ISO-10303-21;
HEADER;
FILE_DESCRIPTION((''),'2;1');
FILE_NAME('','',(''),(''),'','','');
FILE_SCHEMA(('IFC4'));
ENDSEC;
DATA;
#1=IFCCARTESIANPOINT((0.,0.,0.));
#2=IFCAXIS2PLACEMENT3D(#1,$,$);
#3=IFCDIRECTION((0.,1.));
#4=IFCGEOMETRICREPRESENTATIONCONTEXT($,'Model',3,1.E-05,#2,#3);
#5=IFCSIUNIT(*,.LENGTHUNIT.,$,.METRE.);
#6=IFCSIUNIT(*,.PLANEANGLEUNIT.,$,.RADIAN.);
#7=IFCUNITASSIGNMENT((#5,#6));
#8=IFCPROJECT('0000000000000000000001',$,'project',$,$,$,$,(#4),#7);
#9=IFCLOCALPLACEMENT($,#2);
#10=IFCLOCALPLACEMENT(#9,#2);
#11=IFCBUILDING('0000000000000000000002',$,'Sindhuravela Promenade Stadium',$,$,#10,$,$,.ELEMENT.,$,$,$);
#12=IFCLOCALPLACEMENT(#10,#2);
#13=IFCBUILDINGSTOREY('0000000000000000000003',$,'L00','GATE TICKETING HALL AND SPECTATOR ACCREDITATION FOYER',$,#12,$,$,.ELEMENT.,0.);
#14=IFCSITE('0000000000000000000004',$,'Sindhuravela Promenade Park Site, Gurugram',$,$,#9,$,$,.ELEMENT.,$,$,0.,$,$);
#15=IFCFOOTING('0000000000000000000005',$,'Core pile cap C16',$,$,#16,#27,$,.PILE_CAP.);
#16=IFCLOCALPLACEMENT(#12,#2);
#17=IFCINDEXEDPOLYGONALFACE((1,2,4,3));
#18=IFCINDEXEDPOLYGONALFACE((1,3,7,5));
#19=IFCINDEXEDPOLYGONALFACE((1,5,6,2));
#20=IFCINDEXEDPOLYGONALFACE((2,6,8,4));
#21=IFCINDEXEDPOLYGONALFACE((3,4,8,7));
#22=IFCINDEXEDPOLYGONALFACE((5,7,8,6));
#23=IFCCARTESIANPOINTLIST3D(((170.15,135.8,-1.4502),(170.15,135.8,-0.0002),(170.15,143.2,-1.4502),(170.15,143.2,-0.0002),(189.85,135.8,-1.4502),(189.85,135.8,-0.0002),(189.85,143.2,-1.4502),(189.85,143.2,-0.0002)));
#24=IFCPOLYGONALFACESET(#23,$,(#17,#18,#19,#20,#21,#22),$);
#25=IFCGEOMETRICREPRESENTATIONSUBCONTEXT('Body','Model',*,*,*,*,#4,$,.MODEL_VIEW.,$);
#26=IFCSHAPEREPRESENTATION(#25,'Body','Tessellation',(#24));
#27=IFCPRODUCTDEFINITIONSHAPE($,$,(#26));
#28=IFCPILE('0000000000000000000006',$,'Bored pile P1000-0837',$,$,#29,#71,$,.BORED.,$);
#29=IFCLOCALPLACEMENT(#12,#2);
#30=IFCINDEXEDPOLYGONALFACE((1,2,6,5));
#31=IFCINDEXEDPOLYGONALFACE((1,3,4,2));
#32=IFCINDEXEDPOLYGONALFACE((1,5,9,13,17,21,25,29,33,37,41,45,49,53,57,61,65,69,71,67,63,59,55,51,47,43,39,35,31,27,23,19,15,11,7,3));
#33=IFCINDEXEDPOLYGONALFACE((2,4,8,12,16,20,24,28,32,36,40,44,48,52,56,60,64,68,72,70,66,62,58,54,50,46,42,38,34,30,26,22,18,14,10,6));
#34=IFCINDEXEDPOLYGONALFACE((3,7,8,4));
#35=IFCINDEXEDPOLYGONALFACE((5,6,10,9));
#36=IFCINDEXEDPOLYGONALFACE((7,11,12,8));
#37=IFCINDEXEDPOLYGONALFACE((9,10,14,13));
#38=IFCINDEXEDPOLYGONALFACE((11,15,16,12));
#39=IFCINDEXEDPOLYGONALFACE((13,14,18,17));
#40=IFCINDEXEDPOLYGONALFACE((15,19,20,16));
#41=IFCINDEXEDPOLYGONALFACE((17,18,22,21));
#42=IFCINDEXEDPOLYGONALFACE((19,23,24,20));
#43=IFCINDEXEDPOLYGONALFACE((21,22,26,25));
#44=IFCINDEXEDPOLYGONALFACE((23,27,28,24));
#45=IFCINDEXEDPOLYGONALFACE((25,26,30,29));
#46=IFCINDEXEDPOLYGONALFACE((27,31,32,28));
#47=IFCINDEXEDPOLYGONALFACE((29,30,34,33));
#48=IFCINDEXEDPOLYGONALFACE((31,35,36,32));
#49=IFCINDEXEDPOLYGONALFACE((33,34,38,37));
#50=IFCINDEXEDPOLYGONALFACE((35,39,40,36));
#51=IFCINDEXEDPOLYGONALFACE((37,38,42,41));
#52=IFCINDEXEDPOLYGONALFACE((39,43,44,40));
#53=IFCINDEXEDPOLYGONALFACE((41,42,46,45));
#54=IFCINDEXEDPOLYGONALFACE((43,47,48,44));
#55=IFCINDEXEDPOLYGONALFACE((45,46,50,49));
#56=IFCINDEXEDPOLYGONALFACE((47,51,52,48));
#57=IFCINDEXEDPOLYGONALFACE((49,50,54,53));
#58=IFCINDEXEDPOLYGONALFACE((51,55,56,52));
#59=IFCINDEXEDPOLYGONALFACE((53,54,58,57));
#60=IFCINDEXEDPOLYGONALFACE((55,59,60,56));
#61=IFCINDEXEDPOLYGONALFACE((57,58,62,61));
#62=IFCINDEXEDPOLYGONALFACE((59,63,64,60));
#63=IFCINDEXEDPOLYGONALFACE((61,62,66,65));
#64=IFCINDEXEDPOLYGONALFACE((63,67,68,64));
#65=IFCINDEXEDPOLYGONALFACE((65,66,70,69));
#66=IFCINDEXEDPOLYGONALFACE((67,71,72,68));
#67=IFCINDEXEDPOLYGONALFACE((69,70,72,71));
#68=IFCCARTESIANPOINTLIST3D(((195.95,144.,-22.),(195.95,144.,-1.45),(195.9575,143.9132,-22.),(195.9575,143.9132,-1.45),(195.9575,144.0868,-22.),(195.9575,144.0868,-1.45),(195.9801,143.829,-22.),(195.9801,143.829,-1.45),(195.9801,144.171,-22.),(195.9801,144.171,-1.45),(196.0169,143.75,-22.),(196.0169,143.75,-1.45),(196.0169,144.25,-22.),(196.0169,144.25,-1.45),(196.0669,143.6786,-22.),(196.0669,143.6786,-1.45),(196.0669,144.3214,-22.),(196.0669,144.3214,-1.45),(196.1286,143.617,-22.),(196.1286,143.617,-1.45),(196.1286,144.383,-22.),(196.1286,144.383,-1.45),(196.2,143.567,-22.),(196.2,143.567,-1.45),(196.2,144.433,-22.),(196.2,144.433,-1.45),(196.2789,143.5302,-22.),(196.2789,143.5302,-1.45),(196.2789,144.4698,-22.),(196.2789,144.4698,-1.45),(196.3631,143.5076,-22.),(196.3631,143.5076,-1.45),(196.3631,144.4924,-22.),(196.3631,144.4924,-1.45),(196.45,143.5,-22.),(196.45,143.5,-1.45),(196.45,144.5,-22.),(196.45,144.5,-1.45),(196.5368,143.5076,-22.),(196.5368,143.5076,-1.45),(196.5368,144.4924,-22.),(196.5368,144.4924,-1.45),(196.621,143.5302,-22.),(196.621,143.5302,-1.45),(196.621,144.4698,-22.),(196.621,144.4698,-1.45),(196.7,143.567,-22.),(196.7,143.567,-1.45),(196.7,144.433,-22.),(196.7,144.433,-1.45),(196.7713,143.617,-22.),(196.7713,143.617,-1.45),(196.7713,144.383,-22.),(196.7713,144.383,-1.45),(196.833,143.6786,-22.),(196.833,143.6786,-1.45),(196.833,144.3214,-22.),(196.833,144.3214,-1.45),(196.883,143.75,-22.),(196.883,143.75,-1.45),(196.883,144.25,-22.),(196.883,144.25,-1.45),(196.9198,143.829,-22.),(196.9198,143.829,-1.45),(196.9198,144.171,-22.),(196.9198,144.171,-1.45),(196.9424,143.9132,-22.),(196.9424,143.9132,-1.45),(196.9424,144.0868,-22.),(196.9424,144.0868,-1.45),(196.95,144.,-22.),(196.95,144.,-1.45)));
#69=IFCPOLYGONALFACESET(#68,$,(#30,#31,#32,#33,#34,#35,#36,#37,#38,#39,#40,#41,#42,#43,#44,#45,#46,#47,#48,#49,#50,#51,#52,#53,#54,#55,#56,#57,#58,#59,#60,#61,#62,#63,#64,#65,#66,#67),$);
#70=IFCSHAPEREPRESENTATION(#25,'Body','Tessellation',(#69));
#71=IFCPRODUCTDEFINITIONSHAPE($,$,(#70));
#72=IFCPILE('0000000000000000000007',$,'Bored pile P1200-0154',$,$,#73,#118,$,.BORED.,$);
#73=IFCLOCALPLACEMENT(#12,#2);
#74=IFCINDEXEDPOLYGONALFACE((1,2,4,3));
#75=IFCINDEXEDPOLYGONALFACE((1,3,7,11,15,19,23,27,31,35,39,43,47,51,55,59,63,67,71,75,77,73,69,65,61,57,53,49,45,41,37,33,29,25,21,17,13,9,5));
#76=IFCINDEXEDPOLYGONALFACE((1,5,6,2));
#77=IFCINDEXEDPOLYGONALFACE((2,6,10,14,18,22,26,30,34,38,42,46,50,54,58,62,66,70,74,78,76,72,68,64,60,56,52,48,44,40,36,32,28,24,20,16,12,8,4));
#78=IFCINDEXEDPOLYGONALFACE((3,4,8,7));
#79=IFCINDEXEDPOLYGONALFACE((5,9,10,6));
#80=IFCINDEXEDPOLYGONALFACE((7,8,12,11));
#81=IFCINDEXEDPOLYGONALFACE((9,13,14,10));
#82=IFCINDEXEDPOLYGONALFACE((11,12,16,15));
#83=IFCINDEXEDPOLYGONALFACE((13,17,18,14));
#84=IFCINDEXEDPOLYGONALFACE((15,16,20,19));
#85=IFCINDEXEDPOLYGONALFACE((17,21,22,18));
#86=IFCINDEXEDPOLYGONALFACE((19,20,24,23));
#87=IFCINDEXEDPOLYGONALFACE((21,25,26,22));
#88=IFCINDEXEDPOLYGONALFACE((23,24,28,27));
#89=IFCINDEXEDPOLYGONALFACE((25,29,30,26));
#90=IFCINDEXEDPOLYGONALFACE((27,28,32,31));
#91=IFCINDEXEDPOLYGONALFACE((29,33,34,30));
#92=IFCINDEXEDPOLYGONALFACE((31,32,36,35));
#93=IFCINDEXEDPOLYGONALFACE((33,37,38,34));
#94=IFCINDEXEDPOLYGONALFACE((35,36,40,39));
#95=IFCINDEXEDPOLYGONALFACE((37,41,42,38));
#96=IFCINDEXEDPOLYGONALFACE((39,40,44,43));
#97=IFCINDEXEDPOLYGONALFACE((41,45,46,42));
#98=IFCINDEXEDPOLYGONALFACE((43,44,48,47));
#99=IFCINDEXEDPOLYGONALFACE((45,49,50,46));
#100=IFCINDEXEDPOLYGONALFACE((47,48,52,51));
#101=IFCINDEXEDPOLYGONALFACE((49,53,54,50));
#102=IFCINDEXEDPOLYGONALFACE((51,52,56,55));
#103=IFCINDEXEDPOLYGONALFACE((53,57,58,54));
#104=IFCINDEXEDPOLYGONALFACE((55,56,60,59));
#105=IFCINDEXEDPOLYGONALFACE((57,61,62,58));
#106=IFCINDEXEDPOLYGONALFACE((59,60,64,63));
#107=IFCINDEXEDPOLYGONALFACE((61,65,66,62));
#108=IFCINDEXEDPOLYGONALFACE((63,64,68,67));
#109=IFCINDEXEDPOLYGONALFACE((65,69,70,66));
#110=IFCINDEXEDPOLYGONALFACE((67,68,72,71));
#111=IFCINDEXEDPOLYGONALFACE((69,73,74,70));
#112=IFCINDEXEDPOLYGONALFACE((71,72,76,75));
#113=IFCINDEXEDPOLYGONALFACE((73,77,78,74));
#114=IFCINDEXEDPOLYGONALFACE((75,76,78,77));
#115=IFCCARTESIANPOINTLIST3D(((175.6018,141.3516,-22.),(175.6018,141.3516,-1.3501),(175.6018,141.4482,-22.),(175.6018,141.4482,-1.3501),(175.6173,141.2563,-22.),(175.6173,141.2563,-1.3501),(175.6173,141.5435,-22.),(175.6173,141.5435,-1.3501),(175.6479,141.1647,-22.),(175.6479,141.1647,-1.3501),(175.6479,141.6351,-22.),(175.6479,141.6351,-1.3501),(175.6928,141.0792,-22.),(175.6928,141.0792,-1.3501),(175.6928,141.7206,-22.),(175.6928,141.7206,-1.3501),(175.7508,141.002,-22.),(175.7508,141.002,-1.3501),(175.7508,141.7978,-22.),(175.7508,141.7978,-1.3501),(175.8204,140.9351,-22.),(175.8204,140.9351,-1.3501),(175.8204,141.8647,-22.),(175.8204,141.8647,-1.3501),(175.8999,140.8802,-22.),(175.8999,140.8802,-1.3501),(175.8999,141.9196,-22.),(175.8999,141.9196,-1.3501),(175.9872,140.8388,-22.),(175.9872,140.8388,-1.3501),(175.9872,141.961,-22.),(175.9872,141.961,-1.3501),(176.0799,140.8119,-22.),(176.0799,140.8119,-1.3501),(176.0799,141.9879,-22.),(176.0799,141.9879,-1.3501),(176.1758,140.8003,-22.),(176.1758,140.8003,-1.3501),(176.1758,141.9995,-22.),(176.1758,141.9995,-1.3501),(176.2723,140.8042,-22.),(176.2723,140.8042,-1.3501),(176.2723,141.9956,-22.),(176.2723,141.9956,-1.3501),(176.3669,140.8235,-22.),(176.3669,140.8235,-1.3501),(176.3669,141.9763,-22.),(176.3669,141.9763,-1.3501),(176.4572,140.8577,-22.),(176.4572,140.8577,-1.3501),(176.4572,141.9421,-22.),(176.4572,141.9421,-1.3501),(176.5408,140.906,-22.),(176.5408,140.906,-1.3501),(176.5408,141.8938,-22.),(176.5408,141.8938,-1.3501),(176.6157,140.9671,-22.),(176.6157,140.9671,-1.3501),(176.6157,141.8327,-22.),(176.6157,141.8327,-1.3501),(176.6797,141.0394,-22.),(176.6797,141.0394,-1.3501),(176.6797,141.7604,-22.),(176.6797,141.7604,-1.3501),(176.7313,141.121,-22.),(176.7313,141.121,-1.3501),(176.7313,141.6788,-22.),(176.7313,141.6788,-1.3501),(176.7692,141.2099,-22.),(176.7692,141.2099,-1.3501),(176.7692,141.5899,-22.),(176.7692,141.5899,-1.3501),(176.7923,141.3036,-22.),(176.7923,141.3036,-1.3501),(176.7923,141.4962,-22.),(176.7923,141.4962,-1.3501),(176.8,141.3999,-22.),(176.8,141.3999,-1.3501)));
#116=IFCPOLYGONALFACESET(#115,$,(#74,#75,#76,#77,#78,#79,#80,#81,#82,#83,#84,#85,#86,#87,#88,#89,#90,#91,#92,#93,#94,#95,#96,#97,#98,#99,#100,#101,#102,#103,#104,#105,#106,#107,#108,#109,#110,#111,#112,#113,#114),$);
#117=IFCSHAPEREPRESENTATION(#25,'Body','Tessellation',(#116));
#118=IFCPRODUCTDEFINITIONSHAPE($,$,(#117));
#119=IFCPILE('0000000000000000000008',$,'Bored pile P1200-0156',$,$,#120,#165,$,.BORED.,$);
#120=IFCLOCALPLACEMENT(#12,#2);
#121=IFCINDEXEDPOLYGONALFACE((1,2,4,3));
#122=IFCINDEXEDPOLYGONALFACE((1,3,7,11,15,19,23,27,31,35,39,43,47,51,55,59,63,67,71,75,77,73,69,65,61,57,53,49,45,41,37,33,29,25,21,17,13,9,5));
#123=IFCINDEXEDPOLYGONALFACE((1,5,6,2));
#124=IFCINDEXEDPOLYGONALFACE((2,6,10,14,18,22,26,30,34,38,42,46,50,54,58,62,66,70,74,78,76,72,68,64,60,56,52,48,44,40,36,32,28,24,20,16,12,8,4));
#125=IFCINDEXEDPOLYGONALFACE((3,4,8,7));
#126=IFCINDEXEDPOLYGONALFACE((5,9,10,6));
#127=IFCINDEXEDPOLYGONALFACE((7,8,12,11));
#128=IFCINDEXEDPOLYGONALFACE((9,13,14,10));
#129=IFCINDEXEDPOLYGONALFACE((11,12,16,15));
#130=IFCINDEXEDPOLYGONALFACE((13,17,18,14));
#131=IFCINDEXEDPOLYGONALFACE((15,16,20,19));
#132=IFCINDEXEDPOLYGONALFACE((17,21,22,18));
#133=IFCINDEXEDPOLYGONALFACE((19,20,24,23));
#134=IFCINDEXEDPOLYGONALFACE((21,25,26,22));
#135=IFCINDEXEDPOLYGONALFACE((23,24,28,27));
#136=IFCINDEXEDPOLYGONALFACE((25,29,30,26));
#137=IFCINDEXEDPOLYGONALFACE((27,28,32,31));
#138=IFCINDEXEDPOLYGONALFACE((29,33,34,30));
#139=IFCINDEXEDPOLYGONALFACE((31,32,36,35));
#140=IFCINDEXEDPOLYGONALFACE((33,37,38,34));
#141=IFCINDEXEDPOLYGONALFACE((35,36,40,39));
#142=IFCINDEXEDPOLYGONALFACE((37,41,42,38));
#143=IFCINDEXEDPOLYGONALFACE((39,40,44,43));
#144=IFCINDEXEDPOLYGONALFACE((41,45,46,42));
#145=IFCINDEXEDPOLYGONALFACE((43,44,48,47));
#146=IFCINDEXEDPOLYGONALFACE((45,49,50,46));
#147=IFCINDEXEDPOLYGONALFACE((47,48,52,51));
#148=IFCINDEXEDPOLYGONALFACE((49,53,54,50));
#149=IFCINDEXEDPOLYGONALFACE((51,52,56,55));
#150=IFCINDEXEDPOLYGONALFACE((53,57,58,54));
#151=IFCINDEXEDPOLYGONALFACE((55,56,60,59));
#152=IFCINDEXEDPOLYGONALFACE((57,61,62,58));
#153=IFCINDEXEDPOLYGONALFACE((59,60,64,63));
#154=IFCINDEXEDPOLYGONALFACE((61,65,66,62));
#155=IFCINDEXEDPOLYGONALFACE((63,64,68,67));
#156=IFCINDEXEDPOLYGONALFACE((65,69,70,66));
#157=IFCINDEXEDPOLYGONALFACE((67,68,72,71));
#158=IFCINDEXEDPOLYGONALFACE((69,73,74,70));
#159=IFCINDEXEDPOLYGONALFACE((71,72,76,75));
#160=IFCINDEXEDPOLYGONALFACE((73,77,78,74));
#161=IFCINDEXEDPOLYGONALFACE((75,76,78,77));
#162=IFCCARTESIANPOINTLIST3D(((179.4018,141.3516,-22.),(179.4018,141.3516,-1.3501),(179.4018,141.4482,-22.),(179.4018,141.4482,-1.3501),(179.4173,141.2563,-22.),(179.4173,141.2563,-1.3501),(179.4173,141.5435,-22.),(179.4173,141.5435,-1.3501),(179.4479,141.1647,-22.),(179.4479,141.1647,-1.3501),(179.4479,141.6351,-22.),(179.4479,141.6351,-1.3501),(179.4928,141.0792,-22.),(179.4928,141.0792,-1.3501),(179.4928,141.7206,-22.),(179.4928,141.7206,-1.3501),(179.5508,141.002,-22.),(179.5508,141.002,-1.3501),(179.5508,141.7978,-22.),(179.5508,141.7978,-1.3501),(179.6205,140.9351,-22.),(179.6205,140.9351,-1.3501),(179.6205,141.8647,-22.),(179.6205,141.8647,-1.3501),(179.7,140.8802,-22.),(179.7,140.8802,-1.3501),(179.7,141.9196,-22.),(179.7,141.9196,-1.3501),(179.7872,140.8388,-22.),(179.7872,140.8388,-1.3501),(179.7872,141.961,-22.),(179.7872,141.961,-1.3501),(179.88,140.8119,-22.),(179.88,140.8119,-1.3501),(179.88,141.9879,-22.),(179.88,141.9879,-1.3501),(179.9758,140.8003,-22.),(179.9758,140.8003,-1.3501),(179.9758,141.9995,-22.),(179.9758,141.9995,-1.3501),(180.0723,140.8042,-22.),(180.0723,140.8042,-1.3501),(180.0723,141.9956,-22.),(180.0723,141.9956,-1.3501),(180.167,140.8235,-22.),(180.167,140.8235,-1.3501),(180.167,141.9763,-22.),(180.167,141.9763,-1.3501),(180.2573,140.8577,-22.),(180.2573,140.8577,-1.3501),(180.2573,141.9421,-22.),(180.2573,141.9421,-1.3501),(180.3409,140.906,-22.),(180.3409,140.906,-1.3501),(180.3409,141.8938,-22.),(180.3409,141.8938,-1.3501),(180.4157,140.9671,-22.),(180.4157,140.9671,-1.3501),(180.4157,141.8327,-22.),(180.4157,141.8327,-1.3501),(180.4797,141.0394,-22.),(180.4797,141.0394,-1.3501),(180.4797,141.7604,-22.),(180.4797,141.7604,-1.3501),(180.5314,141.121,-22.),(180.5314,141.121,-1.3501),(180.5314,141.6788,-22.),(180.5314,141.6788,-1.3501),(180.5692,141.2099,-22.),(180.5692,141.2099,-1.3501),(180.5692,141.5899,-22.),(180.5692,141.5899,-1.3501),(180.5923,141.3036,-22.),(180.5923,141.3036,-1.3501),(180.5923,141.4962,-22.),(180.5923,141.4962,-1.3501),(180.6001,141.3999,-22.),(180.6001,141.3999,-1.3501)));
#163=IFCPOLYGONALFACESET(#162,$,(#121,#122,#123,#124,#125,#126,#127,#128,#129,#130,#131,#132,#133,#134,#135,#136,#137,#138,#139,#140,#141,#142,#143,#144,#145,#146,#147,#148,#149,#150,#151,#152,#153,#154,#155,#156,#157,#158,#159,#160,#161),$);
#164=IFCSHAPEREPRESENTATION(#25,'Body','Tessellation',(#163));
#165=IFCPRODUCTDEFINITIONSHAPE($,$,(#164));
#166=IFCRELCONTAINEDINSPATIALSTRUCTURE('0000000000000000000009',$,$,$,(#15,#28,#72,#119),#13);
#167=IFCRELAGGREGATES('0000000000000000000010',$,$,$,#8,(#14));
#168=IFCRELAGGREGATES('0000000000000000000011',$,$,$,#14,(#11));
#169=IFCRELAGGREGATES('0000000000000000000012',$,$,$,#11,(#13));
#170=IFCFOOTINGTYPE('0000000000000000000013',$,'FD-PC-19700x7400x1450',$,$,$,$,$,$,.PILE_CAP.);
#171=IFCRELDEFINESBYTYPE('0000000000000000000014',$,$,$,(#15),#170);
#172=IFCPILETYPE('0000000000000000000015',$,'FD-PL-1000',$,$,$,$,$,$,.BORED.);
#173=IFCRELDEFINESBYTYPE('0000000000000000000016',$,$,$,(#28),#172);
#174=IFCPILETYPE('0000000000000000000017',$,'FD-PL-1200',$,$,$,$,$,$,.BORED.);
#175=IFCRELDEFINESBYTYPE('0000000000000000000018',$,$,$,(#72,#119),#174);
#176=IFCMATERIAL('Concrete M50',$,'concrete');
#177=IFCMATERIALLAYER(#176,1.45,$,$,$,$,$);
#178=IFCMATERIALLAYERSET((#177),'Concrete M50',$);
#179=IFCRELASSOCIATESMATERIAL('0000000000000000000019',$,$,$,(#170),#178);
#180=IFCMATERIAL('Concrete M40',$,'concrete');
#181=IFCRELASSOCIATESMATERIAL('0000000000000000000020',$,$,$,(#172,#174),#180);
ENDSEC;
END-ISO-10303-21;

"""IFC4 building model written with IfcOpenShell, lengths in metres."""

from ifc_helpers import new_model, si_unit, direction, frame, origin, origin_2d, place, context, subcontext, project, spatial, rectangle, circle, extrude, material, layer, layer_set, material_profile, profile_set, type_object, element, save


model = new_model("IFC4")

# Units and contexts
model_context = context("Model", 3, precision=1e-05, world=origin(), true_north=direction((0.0, 1.0)))
body_context = subcontext(model_context, "Body", "Model", "MODEL_VIEW")
ifc_project = project(units=[si_unit("LENGTHUNIT", "METRE"), si_unit("PLANEANGLEUNIT", "RADIAN")], contexts=[model_context])

# Site, building, storey
site_placement = place(None, origin())
site = spatial("IfcSite", under=ifc_project, at=site_placement, Name="Sindhuravela Promenade Park Site, Gurugram", CompositionType="ELEMENT", RefElevation=0.0)
building_placement = place(site_placement, origin())
building = spatial("IfcBuilding", under=site, at=building_placement, Name="Sindhuravela Promenade Stadium", CompositionType="ELEMENT")
storey_placement = place(building_placement, origin())
storey = spatial("IfcBuildingStorey", under=building, at=storey_placement, Name="L00", Description="GATE TICKETING HALL AND SPECTATOR ACCREDITATION FOYER", CompositionType="ELEMENT", Elevation=0.0)

# Footing
ifc_material_1 = material(Name="Concrete M50", Category="concrete")
ifc_layer_1 = layer(ifc_material_1, 1.45)
ifc_layer_set_1 = layer_set([ifc_layer_1], Name="Concrete M50")
footing_type = type_object("IfcFootingType", Name="FD-PC-19700x7400x1450", PredefinedType="PILE_CAP", material=ifc_layer_set_1)
footing_placement = place(storey_placement, frame((180.0, 139.5, -1.4502), z_axis=(0.0, 0.0, 1.0), x_axis=(1.0, 0.0, 0.0)))
element("IfcFooting", 1, at=footing_placement, inside=storey, type_object=footing_type, Name="Core pile cap C16", PredefinedType="PILE_CAP", context=body_context, shape_type="SweptSolid", body=[
    extrude(rectangle(XDim=19.7, YDim=7.3999, at=origin_2d()), origin(), (0.0, 0.0, 1.0), 1.45),
])

# Piles
ifc_material_2 = material(Name="Concrete M40", Category="concrete")
ifc_material_profile_1 = material_profile(ifc_material_2, circle(Radius=0.5, at=origin_2d()), Name="BORED PILE D1000")
ifc_profile_set_1 = profile_set([ifc_material_profile_1], Name="Concrete M40")
pile_type_1 = type_object("IfcPileType", Name="FD-PL-1000", PredefinedType="BORED", material=ifc_profile_set_1)
pile_placement = place(storey_placement, frame((196.45, 144.0, -1.45), z_axis=(0.0, 0.0, -1.0), x_axis=(1.0, 0.0, 0.0)))
element("IfcPile", 2, at=pile_placement, inside=storey, type_object=pile_type_1, Name="Bored pile P1000-0837", PredefinedType="BORED", context=body_context, shape_type="SweptSolid", body=[
    extrude(circle(Radius=0.5, at=origin_2d()), origin(), (0.0, 0.0, 1.0), 20.55),
])
ifc_material_profile_2 = material_profile(ifc_material_2, circle(Radius=0.6001, at=origin_2d()), Name="BORED PILE D1200")
ifc_profile_set_2 = profile_set([ifc_material_profile_2], Name="Concrete M40")
pile_type_2 = type_object("IfcPileType", Name="FD-PL-1200", PredefinedType="BORED", material=ifc_profile_set_2)
for number, where, z_axis, x_axis, name in (
    (3, (176.2, 141.3999, -1.3501), (0.0, 0.0, -1.0), (1.0, 0.0, 0.0), "Bored pile P1200-0154"),
    (4, (180.0, 141.3999, -1.3501), (0.0, 0.0, -1.0), (1.0, 0.0, 0.0), "Bored pile P1200-0156"),
):
    element("IfcPile", number, at=place(storey_placement, frame(where, z_axis=z_axis, x_axis=x_axis)), inside=storey, type_object=pile_type_2, Name=name, PredefinedType="BORED", context=body_context, shape_type="SweptSolid", body=[
        extrude(circle(Radius=0.6001, at=origin_2d()), origin(), (0.0, 0.0, 1.0), 20.6499),
    ])

save(model, "model.ifc")
